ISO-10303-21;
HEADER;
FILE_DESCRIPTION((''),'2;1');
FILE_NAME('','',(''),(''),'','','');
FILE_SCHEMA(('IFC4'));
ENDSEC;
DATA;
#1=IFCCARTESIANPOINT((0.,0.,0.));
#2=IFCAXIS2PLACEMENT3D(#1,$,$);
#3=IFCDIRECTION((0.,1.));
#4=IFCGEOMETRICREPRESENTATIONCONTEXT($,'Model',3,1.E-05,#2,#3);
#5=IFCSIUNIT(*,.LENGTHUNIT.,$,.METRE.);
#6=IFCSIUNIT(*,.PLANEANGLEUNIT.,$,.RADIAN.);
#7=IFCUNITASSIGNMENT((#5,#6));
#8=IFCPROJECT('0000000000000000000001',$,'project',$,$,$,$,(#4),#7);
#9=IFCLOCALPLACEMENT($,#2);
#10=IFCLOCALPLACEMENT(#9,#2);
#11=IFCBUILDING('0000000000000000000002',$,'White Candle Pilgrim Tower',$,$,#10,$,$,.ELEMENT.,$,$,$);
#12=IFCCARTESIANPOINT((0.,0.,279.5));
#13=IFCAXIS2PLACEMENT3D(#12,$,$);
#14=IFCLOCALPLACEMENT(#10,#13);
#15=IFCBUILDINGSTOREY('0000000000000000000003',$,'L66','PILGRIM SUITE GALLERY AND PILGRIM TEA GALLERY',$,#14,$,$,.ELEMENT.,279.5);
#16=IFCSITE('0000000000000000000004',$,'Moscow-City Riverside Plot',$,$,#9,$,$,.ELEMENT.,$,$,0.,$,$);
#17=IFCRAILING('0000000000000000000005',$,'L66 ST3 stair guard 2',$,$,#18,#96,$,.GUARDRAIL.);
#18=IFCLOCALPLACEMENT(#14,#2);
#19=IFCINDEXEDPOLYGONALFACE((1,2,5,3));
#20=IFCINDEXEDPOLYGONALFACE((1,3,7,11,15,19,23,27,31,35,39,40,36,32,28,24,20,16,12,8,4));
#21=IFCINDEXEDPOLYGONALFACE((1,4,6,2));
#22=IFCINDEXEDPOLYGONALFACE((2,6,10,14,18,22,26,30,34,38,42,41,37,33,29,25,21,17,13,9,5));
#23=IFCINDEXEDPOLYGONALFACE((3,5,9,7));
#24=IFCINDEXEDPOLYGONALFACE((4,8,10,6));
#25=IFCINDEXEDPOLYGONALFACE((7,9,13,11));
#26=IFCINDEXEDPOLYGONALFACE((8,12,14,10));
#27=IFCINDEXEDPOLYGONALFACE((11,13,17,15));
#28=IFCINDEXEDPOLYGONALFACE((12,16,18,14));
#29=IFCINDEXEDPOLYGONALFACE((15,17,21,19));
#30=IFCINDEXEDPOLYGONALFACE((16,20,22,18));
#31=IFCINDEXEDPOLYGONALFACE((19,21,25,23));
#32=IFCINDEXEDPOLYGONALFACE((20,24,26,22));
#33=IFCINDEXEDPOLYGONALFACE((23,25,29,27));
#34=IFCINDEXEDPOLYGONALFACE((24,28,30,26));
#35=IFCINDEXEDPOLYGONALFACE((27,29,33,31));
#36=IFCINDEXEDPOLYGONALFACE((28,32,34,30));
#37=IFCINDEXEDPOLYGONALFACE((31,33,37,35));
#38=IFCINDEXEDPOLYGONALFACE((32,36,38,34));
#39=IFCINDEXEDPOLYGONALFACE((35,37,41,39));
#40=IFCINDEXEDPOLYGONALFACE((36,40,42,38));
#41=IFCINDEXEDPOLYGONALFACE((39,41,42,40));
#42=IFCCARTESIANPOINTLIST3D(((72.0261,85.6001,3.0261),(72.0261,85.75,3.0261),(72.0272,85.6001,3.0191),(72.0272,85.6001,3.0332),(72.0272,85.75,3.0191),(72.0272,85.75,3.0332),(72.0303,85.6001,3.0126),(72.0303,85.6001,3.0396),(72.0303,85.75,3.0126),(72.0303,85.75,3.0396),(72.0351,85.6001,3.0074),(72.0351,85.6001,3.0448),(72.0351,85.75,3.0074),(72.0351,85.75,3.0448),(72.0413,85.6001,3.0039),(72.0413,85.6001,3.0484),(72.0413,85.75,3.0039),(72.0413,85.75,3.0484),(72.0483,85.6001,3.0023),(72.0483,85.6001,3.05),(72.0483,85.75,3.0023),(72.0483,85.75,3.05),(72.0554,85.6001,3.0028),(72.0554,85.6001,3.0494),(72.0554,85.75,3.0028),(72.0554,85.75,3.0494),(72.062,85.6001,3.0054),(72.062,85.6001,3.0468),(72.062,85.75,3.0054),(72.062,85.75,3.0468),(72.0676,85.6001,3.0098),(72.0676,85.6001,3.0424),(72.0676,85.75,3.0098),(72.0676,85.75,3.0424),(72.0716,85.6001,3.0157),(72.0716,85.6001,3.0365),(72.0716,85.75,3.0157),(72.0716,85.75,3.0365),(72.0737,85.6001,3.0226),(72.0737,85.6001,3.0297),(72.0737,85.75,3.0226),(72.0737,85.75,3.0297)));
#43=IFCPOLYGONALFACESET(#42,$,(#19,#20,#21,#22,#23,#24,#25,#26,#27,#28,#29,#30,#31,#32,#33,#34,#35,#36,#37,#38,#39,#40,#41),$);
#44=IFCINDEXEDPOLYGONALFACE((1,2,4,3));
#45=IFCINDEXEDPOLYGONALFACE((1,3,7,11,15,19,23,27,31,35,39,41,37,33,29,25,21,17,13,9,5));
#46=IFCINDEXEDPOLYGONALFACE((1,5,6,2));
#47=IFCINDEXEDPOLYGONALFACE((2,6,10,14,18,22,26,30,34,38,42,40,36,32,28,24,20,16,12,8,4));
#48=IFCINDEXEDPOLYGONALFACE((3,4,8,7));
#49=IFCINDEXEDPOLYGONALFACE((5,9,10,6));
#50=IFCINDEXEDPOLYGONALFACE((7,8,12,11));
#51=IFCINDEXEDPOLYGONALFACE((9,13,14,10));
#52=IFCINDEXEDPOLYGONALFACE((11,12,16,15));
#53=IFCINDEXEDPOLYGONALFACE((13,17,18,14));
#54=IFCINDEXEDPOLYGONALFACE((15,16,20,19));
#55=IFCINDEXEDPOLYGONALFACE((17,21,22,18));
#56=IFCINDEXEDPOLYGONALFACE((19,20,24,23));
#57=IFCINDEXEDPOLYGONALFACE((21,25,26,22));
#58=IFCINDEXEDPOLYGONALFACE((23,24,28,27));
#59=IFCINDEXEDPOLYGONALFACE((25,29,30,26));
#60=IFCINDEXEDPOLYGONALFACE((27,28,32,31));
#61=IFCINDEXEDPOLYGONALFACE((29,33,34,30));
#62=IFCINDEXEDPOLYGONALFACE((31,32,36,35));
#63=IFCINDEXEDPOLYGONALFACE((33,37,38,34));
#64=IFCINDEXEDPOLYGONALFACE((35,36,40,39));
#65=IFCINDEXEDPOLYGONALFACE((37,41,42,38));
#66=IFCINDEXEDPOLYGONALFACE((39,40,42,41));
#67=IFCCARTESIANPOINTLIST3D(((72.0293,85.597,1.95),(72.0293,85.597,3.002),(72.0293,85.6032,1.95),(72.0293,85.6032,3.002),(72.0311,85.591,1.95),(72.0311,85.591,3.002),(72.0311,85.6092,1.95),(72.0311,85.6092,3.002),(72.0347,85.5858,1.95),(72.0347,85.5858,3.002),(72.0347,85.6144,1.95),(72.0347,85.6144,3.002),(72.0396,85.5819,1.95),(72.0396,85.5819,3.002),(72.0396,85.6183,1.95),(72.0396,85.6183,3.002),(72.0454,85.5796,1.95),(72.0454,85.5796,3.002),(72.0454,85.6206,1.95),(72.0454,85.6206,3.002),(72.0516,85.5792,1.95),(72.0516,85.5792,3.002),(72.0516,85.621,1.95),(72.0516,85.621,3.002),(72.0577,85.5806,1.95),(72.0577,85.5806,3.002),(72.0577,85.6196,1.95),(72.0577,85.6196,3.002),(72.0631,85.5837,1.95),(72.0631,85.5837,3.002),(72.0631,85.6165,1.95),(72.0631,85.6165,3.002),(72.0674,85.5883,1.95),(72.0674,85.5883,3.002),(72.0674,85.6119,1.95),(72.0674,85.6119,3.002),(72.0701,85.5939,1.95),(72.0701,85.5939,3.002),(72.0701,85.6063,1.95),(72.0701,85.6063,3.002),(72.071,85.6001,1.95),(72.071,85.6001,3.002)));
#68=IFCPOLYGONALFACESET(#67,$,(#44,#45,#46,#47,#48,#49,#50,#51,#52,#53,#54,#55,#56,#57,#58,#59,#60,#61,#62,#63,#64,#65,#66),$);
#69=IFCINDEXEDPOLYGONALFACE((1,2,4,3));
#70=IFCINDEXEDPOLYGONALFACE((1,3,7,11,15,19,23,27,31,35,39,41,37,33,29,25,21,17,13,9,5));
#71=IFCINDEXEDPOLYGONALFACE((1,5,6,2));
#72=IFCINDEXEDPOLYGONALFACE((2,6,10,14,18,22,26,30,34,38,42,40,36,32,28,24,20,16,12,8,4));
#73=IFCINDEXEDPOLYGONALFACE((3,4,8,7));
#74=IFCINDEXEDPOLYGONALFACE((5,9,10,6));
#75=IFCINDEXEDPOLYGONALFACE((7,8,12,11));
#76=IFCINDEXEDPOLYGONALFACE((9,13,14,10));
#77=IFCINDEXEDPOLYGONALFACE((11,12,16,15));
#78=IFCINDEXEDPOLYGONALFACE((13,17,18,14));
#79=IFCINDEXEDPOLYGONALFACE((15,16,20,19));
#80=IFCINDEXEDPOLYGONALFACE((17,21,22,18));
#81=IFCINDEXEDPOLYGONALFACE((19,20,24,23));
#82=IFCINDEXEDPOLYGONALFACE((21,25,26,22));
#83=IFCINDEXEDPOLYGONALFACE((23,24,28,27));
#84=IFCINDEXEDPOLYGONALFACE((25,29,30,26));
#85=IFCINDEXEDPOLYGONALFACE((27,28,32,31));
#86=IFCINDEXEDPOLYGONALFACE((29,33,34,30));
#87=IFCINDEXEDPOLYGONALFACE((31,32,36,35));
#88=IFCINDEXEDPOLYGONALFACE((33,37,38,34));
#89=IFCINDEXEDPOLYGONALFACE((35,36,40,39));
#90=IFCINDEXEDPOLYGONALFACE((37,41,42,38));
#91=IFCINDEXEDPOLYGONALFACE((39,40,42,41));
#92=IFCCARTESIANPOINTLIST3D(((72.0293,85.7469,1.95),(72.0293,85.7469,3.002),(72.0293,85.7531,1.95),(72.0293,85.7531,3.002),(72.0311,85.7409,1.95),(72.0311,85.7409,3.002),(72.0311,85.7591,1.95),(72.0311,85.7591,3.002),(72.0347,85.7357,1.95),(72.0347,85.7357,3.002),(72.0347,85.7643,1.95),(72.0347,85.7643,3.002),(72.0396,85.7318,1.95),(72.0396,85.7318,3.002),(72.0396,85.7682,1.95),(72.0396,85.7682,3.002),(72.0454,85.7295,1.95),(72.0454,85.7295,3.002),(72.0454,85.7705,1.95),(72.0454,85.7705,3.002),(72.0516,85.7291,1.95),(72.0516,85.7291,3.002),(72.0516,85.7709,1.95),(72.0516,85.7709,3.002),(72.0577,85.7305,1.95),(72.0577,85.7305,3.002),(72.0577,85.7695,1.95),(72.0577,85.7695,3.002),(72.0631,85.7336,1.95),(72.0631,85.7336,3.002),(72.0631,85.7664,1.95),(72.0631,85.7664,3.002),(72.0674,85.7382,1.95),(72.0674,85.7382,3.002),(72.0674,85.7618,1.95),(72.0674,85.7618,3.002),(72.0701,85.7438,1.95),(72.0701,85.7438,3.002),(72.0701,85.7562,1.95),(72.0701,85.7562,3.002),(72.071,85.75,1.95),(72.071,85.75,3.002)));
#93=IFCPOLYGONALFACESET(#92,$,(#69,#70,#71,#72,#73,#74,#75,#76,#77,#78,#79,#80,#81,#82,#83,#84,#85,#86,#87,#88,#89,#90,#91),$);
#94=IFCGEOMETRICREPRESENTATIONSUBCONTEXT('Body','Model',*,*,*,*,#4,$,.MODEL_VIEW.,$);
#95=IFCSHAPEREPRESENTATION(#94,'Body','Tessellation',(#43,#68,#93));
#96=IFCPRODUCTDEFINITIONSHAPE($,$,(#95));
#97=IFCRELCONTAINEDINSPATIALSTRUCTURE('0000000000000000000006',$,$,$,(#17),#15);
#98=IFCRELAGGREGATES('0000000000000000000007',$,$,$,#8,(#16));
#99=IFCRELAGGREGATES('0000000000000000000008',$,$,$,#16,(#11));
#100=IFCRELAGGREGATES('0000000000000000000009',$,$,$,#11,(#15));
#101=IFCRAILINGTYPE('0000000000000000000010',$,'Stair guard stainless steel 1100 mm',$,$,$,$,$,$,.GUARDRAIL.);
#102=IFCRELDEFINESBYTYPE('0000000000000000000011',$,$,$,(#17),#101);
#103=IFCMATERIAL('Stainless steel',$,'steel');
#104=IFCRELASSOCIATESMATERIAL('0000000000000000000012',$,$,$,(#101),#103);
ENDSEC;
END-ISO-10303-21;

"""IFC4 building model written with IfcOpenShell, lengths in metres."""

from ifc_helpers import new_model, si_unit, direction, frame, origin, origin_2d, place, context, subcontext, project, spatial, circle, extrude, material, type_object, element, save


model = new_model("IFC4")

# Units and contexts
model_context = context("Model", 3, precision=1e-05, world=origin(), true_north=direction((0.0, 1.0)))
body_context = subcontext(model_context, "Body", "Model", "MODEL_VIEW")
ifc_project = project(units=[si_unit("LENGTHUNIT", "METRE"), si_unit("PLANEANGLEUNIT", "RADIAN")], contexts=[model_context])

# Site, building, storey
site_placement = place(None, origin())
site = spatial("IfcSite", under=ifc_project, at=site_placement, Name="Moscow-City Riverside Plot", CompositionType="ELEMENT", RefElevation=0.0)
building_placement = place(site_placement, origin())
building = spatial("IfcBuilding", under=site, at=building_placement, Name="White Candle Pilgrim Tower", CompositionType="ELEMENT")
storey_placement = place(building_placement, frame((0.0, 0.0, 279.5)))
storey = spatial("IfcBuildingStorey", under=building, at=storey_placement, Name="L66", Description="PILGRIM SUITE GALLERY AND PILGRIM TEA GALLERY", CompositionType="ELEMENT", Elevation=279.5)

# Railing
ifc_material_1 = material(Name="Stainless steel", Category="steel")
railing_type_1 = type_object("IfcRailingType", Name="Stair guard stainless steel 1100 mm", PredefinedType="GUARDRAIL", material=ifc_material_1)
railing_1_placement = place(storey_placement, frame((72.05, 85.6001, 1.95)))
element("IfcRailing", 1, at=railing_1_placement, inside=storey, type_object=railing_type_1, Name="L66 ST3 stair guard 2", PredefinedType="GUARDRAIL", context=body_context, shape_type="SweptSolid", body=[
    extrude(circle(Radius=0.0239, at=origin_2d()), frame((0.0, 0.0, 1.0762), z_axis=(0.0, 1.0, 0.0), x_axis=(-1.0, 0.0, 0.0)), (0.0, 0.0, 1.0), 0.1499),
    extrude(circle(Radius=0.021, at=origin_2d()), origin(), (0.0, 0.0, 1.0), 1.052),
    extrude(circle(Radius=0.021, at=origin_2d()), frame((0.0, 0.1499, 0.0)), (0.0, 0.0, 1.0), 1.052),
])

save(model, "model.ifc")
